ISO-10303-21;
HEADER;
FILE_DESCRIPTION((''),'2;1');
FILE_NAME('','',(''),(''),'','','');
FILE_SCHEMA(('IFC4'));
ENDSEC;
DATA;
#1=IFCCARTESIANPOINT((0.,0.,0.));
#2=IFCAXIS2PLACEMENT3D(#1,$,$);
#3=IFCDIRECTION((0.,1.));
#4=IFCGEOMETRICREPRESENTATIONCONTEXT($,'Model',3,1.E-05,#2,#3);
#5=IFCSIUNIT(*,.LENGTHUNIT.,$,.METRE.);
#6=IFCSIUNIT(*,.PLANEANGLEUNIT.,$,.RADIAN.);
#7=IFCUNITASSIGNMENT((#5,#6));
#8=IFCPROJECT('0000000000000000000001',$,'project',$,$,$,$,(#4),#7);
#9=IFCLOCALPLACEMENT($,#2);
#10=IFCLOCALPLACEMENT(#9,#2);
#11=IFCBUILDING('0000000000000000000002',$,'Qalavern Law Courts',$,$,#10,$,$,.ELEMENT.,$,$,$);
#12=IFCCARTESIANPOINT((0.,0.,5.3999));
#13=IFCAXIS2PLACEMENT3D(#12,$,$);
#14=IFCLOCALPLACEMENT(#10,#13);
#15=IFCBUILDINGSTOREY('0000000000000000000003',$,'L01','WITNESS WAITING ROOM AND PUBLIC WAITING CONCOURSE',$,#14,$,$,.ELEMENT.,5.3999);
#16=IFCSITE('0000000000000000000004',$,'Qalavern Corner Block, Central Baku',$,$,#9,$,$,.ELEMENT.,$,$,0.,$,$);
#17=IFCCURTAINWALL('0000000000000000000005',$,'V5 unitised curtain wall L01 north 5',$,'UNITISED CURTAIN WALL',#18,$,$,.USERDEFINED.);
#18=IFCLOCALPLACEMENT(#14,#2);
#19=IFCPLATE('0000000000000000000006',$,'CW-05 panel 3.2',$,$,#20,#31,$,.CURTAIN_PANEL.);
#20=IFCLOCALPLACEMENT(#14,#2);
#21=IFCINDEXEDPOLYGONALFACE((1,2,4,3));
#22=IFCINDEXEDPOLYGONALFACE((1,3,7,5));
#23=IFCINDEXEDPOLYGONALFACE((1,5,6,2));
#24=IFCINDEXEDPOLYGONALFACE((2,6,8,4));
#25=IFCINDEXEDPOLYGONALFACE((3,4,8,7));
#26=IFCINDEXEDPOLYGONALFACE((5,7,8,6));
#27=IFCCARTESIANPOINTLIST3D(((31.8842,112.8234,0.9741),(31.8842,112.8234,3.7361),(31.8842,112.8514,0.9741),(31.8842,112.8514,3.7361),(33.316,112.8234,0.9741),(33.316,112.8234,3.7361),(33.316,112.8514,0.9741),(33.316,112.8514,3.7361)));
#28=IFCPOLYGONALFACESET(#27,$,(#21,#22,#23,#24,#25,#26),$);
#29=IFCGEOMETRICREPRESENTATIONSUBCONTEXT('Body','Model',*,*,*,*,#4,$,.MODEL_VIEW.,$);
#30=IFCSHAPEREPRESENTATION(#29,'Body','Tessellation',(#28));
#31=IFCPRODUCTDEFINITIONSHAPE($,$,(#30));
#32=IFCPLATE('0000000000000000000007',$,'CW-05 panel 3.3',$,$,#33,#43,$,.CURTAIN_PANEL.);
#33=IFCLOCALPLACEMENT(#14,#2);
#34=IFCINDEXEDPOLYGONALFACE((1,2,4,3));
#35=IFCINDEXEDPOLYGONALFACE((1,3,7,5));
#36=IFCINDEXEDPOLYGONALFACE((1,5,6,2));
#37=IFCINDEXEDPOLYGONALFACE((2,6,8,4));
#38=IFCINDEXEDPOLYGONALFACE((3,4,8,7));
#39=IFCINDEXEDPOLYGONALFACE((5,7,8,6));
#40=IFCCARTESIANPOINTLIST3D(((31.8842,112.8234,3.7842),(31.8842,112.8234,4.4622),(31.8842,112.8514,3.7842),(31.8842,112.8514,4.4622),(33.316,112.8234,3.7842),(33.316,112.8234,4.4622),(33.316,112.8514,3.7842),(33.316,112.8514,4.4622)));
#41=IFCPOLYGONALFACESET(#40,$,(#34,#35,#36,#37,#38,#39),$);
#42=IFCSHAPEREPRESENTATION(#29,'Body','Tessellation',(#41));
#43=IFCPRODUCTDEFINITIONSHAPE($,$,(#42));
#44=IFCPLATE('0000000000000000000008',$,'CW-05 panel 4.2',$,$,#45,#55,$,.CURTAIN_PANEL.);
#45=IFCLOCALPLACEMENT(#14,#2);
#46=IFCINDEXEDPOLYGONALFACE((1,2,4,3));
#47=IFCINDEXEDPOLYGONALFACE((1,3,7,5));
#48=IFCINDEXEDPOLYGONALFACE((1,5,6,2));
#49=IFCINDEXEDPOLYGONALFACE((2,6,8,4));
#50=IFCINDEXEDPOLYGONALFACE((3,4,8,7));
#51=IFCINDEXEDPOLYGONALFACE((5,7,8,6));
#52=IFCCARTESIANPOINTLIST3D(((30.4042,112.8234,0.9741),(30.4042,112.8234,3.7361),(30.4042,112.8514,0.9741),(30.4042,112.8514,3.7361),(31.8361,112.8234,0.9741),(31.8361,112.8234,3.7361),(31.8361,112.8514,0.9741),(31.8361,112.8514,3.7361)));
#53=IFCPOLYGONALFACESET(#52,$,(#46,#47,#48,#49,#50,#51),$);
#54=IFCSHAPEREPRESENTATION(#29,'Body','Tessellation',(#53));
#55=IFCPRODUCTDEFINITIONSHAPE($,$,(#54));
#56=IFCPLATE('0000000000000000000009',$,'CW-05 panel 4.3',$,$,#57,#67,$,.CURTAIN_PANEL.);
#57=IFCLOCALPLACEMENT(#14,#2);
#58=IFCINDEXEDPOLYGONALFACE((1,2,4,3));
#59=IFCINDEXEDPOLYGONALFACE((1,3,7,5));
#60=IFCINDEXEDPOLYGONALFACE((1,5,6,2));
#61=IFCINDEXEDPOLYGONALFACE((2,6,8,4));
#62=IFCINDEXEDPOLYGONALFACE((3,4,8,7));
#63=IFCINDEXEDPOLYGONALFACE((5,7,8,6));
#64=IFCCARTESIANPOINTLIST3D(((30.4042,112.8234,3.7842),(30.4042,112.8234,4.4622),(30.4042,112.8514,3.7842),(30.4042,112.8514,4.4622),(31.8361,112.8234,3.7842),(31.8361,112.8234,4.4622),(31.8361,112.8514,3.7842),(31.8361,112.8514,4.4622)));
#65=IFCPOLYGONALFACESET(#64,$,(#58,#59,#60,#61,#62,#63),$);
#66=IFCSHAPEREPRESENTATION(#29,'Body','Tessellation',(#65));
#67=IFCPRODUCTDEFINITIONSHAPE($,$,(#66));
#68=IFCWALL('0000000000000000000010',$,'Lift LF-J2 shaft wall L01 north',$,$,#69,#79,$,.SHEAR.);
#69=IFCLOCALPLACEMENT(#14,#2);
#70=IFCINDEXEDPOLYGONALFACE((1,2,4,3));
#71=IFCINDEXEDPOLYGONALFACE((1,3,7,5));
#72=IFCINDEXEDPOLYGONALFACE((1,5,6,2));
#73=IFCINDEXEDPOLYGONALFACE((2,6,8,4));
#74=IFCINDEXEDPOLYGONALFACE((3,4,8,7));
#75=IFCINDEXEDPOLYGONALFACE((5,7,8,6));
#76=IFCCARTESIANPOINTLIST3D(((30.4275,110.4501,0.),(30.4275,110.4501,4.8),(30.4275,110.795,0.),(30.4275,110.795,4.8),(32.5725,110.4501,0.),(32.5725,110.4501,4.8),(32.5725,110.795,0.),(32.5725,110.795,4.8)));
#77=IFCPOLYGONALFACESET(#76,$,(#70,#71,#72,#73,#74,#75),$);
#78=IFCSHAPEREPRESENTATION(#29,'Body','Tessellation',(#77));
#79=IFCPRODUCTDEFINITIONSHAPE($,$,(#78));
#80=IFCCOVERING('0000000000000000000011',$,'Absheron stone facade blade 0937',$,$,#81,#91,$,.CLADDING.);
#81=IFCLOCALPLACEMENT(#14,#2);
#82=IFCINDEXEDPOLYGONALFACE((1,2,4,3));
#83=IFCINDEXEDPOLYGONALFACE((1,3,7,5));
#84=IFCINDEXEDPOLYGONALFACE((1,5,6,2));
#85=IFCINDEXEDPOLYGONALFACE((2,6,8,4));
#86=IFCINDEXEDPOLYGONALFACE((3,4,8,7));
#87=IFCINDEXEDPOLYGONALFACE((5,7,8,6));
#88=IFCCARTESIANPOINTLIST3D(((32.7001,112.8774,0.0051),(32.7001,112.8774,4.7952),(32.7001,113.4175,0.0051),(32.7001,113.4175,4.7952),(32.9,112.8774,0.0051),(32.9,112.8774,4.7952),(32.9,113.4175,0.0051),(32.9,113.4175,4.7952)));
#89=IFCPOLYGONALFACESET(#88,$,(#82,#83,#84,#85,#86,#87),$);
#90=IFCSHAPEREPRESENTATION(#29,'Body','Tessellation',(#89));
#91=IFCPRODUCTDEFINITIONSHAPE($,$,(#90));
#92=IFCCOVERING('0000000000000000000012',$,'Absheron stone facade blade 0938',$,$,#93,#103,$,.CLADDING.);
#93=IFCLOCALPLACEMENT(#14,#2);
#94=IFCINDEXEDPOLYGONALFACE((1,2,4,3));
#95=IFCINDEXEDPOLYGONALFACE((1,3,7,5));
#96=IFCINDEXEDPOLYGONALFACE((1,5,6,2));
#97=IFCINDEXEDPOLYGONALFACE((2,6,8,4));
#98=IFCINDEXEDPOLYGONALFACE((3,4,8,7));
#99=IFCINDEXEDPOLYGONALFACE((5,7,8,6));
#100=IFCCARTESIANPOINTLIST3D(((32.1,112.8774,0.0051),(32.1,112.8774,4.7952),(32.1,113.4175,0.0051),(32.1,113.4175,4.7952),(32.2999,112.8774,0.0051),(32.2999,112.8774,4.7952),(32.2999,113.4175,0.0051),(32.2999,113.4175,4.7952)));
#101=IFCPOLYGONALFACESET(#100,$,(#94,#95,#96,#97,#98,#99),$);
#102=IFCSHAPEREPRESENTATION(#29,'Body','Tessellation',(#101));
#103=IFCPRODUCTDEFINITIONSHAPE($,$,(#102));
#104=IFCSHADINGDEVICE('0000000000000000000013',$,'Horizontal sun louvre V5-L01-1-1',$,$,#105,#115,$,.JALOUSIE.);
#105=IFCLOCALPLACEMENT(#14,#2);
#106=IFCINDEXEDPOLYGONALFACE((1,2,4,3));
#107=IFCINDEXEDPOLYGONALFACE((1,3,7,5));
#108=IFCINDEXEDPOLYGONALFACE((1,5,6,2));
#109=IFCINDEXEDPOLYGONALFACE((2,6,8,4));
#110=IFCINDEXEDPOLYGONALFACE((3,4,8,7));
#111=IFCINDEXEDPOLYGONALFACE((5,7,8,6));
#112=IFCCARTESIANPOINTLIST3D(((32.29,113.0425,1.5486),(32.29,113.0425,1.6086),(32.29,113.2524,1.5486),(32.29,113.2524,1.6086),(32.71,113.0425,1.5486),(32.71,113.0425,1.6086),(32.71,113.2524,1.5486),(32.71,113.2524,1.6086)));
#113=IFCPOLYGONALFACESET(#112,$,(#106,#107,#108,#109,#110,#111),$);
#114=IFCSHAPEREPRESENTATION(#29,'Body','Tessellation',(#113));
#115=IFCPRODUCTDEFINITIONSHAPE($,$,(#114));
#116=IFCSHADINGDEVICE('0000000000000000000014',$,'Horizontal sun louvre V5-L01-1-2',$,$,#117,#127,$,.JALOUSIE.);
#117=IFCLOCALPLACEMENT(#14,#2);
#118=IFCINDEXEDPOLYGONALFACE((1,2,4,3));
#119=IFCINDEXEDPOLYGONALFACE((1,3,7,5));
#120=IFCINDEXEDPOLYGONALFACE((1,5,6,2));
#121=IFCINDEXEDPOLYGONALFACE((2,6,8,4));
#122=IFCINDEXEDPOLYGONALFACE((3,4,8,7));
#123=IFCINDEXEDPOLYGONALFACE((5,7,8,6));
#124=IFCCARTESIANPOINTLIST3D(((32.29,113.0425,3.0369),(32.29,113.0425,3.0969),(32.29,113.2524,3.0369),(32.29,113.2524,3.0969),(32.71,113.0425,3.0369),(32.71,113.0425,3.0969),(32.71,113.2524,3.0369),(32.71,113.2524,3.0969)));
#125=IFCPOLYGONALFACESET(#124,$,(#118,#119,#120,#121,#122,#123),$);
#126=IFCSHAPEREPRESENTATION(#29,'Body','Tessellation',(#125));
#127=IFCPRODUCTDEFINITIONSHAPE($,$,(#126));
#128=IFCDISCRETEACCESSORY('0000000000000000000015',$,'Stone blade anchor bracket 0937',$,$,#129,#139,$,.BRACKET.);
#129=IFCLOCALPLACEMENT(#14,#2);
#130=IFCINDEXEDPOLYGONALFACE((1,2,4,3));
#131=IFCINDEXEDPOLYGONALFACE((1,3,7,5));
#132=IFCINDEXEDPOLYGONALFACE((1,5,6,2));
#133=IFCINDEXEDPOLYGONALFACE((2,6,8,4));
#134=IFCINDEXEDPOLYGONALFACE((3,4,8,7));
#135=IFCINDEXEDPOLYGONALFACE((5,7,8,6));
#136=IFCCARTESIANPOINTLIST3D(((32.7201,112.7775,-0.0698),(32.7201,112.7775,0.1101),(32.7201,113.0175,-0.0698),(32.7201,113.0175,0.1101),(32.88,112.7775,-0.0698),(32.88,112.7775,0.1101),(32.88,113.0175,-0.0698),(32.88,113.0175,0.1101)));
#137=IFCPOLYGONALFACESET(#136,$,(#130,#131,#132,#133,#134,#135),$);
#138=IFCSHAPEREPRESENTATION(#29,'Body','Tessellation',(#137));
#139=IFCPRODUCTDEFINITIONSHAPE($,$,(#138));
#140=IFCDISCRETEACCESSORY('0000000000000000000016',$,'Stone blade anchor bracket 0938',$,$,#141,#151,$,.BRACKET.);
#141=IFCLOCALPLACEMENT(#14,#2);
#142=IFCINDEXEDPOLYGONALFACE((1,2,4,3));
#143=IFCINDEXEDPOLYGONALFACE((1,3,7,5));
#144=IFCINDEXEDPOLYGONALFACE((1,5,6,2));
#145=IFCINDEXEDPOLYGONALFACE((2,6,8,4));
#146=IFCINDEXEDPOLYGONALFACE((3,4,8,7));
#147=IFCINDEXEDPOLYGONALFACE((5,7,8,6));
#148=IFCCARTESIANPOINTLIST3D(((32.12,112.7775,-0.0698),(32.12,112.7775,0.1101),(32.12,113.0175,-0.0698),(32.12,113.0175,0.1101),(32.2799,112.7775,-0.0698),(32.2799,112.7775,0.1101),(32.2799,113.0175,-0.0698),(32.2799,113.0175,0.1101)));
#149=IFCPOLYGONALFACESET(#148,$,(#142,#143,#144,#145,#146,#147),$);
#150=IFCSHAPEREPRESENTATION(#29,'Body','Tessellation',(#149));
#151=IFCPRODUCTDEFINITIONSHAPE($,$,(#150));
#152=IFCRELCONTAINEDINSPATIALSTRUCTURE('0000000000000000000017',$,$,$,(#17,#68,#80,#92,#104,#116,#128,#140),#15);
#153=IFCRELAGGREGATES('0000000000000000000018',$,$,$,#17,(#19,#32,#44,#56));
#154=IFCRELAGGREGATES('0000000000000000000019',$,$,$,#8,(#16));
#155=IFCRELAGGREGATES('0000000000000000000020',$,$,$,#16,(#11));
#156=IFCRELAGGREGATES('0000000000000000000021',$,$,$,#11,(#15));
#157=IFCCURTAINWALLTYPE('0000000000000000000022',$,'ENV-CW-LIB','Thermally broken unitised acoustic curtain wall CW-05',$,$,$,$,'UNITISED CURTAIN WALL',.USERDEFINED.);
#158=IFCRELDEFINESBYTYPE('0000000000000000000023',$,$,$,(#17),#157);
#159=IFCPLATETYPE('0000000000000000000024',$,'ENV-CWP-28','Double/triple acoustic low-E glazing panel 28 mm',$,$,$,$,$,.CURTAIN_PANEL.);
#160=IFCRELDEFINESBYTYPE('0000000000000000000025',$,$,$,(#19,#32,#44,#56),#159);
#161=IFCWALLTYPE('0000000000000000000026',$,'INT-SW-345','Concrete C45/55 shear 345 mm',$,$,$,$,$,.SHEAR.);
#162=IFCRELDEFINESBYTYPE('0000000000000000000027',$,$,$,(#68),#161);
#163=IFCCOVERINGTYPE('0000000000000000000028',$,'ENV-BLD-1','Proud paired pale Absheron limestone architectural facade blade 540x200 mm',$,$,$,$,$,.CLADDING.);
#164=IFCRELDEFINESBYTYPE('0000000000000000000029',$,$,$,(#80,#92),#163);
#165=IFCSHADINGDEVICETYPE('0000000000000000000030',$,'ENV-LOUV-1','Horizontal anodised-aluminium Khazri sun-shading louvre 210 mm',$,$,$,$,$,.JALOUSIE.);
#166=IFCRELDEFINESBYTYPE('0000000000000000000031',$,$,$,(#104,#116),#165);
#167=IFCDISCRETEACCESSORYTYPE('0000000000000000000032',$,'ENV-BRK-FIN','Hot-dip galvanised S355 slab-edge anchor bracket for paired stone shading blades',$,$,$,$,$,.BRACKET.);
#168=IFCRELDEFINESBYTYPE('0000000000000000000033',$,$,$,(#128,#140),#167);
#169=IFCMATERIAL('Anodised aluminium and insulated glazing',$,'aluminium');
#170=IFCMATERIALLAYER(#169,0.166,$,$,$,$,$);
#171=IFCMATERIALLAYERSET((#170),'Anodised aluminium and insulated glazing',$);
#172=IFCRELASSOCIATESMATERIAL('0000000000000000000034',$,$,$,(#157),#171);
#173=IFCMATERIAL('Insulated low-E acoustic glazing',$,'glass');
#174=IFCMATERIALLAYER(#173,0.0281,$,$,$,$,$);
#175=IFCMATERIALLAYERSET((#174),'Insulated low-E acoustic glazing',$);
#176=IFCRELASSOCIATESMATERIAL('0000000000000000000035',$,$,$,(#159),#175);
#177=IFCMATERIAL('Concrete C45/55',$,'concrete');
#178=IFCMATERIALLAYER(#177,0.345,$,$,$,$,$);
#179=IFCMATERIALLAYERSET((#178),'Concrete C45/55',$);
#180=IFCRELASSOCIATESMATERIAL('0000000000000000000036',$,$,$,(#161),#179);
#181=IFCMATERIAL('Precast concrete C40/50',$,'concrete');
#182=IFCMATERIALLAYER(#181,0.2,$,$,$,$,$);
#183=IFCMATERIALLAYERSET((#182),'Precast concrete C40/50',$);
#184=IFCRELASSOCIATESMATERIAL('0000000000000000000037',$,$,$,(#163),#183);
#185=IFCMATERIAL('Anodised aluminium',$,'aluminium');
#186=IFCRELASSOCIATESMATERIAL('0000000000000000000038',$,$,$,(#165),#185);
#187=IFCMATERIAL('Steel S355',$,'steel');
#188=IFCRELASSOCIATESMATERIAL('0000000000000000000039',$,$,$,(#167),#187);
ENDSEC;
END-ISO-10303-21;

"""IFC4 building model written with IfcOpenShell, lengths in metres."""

from ifc_helpers import new_model, si_unit, direction, frame, frame_2d, origin, origin_2d, place, context, subcontext, project, spatial, rectangle, extrude, material, layer, layer_set, type_object, element, aggregate, save


model = new_model("IFC4")

# Units and contexts
model_context = context("Model", 3, precision=1e-05, world=origin(), true_north=direction((0.0, 1.0)))
body_context = subcontext(model_context, "Body", "Model", "MODEL_VIEW")
ifc_project = project(units=[si_unit("LENGTHUNIT", "METRE"), si_unit("PLANEANGLEUNIT", "RADIAN")], contexts=[model_context])

# Site, building, storey
site_placement = place(None, origin())
site = spatial("IfcSite", under=ifc_project, at=site_placement, Name="Qalavern Corner Block, Central Baku", CompositionType="ELEMENT", RefElevation=0.0)
building_placement = place(site_placement, origin())
building = spatial("IfcBuilding", under=site, at=building_placement, Name="Qalavern Law Courts", CompositionType="ELEMENT")
storey_placement = place(building_placement, frame((0.0, 0.0, 5.3999)))
storey = spatial("IfcBuildingStorey", under=building, at=storey_placement, Name="L01", Description="WITNESS WAITING ROOM AND PUBLIC WAITING CONCOURSE", CompositionType="ELEMENT", Elevation=5.3999)

# Curtain wall, plates
ifc_material_1 = material(Name="Anodised aluminium and insulated glazing", Category="aluminium")
ifc_layer_1 = layer(ifc_material_1, 0.166)
ifc_layer_set_1 = layer_set([ifc_layer_1], Name="Anodised aluminium and insulated glazing")
curtain_wall_type = type_object("IfcCurtainWallType", Name="ENV-CW-LIB", Description="Thermally broken unitised acoustic curtain wall CW-05", ElementType="UNITISED CURTAIN WALL", PredefinedType="USERDEFINED", material=ifc_layer_set_1)
curtain_wall_placement = place(storey_placement, origin())
curtain_wall = element("IfcCurtainWall", 1, at=curtain_wall_placement, inside=storey, type_object=curtain_wall_type, Name="V5 unitised curtain wall L01 north 5", ObjectType="UNITISED CURTAIN WALL", PredefinedType="USERDEFINED")
ifc_material_2 = material(Name="Anodised aluminium", Category="aluminium")
ifc_material_3 = material(Name="Insulated low-E acoustic glazing", Category="glass")
ifc_layer_2 = layer(ifc_material_3, 0.0281)
ifc_layer_set_2 = layer_set([ifc_layer_2], Name="Insulated low-E acoustic glazing")
plate_type = type_object("IfcPlateType", Name="ENV-CWP-28", Description="Double/triple acoustic low-E glazing panel 28 mm", PredefinedType="CURTAIN_PANEL", material=ifc_layer_set_2)
plate_1_placement = place(storey_placement, frame((32.6001, 112.8374, 0.9741), z_axis=(0.0, 0.0, 1.0), x_axis=(-1.0, 0.0, 0.0)))
plate_1 = element("IfcPlate", 2, at=plate_1_placement, type_object=plate_type, Name="CW-05 panel 3.2", PredefinedType="CURTAIN_PANEL", context=body_context, shape_type="SweptSolid", body=[
    extrude(rectangle(XDim=1.4319, YDim=0.0281, at=origin_2d()), origin(), (0.0, 0.0, 1.0), 2.762),
])
plate_2_placement = place(storey_placement, frame((32.6001, 112.8374, 3.7842), z_axis=(0.0, 0.0, 1.0), x_axis=(-1.0, 0.0, 0.0)))
plate_2 = element("IfcPlate", 3, at=plate_2_placement, type_object=plate_type, Name="CW-05 panel 3.3", PredefinedType="CURTAIN_PANEL", context=body_context, shape_type="SweptSolid", body=[
    extrude(rectangle(XDim=1.4319, YDim=0.0281, at=origin_2d()), origin(), (0.0, 0.0, 1.0), 0.678),
])
plate_3_placement = place(storey_placement, frame((31.1201, 112.8374, 0.9741), z_axis=(0.0, 0.0, 1.0), x_axis=(-1.0, 0.0, 0.0)))
plate_3 = element("IfcPlate", 4, at=plate_3_placement, type_object=plate_type, Name="CW-05 panel 4.2", PredefinedType="CURTAIN_PANEL", context=body_context, shape_type="SweptSolid", body=[
    extrude(rectangle(XDim=1.4319, YDim=0.0281, at=origin_2d()), origin(), (0.0, 0.0, 1.0), 2.762),
])
plate_4_placement = place(storey_placement, frame((31.1201, 112.8374, 3.7842), z_axis=(0.0, 0.0, 1.0), x_axis=(-1.0, 0.0, 0.0)))
plate_4 = element("IfcPlate", 5, at=plate_4_placement, type_object=plate_type, Name="CW-05 panel 4.3", PredefinedType="CURTAIN_PANEL", context=body_context, shape_type="SweptSolid", body=[
    extrude(rectangle(XDim=1.4319, YDim=0.0281, at=origin_2d()), origin(), (0.0, 0.0, 1.0), 0.678),
])
aggregate(curtain_wall, [plate_1, plate_2, plate_3, plate_4])

# Wall
ifc_material_4 = material(Name="Concrete C45/55", Category="concrete")
ifc_layer_3 = layer(ifc_material_4, 0.345)
ifc_layer_set_3 = layer_set([ifc_layer_3], Name="Concrete C45/55")
wall_type = type_object("IfcWallType", Name="INT-SW-345", Description="Concrete C45/55 shear 345 mm", PredefinedType="SHEAR", material=ifc_layer_set_3)
wall_placement = place(storey_placement, frame((32.5725, 110.6226, 0.0), z_axis=(0.0, 0.0, 1.0), x_axis=(-1.0, 0.0, 0.0)))
element("IfcWall", 6, at=wall_placement, inside=storey, type_object=wall_type, Name="Lift LF-J2 shaft wall L01 north", PredefinedType="SHEAR", context=body_context, shape_type="SweptSolid", body=[
    extrude(rectangle(XDim=2.145, YDim=0.345, at=frame_2d((1.0725, 0.0))), origin(), (0.0, 0.0, 1.0), 4.8),
])

# Coverings
ifc_material_5 = material(Name="Precast concrete C40/50", Category="concrete")
ifc_layer_4 = layer(ifc_material_5, 0.2)
ifc_layer_set_4 = layer_set([ifc_layer_4], Name="Precast concrete C40/50")
covering_type = type_object("IfcCoveringType", Name="ENV-BLD-1", Description="Proud paired pale Absheron limestone architectural facade blade 540x200 mm", PredefinedType="CLADDING", material=ifc_layer_set_4)
for number, where, z_axis, x_axis, name in (
    (7, (32.8, 113.1475, 0.0051), (0.0, 0.0, 1.0), (0.0, 1.0, 0.0), "Absheron stone facade blade 0937"),
    (8, (32.2, 113.1475, 0.0051), (0.0, 0.0, 1.0), (0.0, 1.0, 0.0), "Absheron stone facade blade 0938"),
):
    element("IfcCovering", number, at=place(storey_placement, frame(where, z_axis=z_axis, x_axis=x_axis)), inside=storey, type_object=covering_type, Name=name, PredefinedType="CLADDING", context=body_context, shape_type="SweptSolid", body=[
        extrude(rectangle(XDim=0.54, YDim=0.2, at=origin_2d()), origin(), (0.0, 0.0, 1.0), 4.79),
    ])

# Shading devices
shading_device_type = type_object("IfcShadingDeviceType", Name="ENV-LOUV-1", Description="Horizontal anodised-aluminium Khazri sun-shading louvre 210 mm", PredefinedType="JALOUSIE", material=ifc_material_2)
for number, where, z_axis, x_axis, name in (
    (9, (32.5, 113.1475, 1.5486), (0.0, 0.0, 1.0), (-1.0, 0.0, 0.0), "Horizontal sun louvre V5-L01-1-1"),
    (10, (32.5, 113.1475, 3.0369), (0.0, 0.0, 1.0), (-1.0, 0.0, 0.0), "Horizontal sun louvre V5-L01-1-2"),
):
    element("IfcShadingDevice", number, at=place(storey_placement, frame(where, z_axis=z_axis, x_axis=x_axis)), inside=storey, type_object=shading_device_type, Name=name, PredefinedType="JALOUSIE", context=body_context, shape_type="SweptSolid", body=[
        extrude(rectangle(XDim=0.4199, YDim=0.21, at=origin_2d()), origin(), (0.0, 0.0, 1.0), 0.0601),
    ])

# Discrete accessories
ifc_material_6 = material(Name="Steel S355", Category="steel")
discrete_accessory_type = type_object("IfcDiscreteAccessoryType", Name="ENV-BRK-FIN", Description="Hot-dip galvanised S355 slab-edge anchor bracket for paired stone shading blades", PredefinedType="BRACKET", material=ifc_material_6)
for number, where, z_axis, x_axis, name in (
    (11, (32.8, 112.8975, -0.0698), (0.0, 0.0, 1.0), (0.0, 1.0, 0.0), "Stone blade anchor bracket 0937"),
    (12, (32.2, 112.8975, -0.0698), (0.0, 0.0, 1.0), (0.0, 1.0, 0.0), "Stone blade anchor bracket 0938"),
):
    element("IfcDiscreteAccessory", number, at=place(storey_placement, frame(where, z_axis=z_axis, x_axis=x_axis)), inside=storey, type_object=discrete_accessory_type, Name=name, PredefinedType="BRACKET", context=body_context, shape_type="SweptSolid", body=[
        extrude(rectangle(XDim=0.24, YDim=0.1599, at=origin_2d()), origin(), (0.0, 0.0, 1.0), 0.1799),
    ])

save(model, "model.ifc")
